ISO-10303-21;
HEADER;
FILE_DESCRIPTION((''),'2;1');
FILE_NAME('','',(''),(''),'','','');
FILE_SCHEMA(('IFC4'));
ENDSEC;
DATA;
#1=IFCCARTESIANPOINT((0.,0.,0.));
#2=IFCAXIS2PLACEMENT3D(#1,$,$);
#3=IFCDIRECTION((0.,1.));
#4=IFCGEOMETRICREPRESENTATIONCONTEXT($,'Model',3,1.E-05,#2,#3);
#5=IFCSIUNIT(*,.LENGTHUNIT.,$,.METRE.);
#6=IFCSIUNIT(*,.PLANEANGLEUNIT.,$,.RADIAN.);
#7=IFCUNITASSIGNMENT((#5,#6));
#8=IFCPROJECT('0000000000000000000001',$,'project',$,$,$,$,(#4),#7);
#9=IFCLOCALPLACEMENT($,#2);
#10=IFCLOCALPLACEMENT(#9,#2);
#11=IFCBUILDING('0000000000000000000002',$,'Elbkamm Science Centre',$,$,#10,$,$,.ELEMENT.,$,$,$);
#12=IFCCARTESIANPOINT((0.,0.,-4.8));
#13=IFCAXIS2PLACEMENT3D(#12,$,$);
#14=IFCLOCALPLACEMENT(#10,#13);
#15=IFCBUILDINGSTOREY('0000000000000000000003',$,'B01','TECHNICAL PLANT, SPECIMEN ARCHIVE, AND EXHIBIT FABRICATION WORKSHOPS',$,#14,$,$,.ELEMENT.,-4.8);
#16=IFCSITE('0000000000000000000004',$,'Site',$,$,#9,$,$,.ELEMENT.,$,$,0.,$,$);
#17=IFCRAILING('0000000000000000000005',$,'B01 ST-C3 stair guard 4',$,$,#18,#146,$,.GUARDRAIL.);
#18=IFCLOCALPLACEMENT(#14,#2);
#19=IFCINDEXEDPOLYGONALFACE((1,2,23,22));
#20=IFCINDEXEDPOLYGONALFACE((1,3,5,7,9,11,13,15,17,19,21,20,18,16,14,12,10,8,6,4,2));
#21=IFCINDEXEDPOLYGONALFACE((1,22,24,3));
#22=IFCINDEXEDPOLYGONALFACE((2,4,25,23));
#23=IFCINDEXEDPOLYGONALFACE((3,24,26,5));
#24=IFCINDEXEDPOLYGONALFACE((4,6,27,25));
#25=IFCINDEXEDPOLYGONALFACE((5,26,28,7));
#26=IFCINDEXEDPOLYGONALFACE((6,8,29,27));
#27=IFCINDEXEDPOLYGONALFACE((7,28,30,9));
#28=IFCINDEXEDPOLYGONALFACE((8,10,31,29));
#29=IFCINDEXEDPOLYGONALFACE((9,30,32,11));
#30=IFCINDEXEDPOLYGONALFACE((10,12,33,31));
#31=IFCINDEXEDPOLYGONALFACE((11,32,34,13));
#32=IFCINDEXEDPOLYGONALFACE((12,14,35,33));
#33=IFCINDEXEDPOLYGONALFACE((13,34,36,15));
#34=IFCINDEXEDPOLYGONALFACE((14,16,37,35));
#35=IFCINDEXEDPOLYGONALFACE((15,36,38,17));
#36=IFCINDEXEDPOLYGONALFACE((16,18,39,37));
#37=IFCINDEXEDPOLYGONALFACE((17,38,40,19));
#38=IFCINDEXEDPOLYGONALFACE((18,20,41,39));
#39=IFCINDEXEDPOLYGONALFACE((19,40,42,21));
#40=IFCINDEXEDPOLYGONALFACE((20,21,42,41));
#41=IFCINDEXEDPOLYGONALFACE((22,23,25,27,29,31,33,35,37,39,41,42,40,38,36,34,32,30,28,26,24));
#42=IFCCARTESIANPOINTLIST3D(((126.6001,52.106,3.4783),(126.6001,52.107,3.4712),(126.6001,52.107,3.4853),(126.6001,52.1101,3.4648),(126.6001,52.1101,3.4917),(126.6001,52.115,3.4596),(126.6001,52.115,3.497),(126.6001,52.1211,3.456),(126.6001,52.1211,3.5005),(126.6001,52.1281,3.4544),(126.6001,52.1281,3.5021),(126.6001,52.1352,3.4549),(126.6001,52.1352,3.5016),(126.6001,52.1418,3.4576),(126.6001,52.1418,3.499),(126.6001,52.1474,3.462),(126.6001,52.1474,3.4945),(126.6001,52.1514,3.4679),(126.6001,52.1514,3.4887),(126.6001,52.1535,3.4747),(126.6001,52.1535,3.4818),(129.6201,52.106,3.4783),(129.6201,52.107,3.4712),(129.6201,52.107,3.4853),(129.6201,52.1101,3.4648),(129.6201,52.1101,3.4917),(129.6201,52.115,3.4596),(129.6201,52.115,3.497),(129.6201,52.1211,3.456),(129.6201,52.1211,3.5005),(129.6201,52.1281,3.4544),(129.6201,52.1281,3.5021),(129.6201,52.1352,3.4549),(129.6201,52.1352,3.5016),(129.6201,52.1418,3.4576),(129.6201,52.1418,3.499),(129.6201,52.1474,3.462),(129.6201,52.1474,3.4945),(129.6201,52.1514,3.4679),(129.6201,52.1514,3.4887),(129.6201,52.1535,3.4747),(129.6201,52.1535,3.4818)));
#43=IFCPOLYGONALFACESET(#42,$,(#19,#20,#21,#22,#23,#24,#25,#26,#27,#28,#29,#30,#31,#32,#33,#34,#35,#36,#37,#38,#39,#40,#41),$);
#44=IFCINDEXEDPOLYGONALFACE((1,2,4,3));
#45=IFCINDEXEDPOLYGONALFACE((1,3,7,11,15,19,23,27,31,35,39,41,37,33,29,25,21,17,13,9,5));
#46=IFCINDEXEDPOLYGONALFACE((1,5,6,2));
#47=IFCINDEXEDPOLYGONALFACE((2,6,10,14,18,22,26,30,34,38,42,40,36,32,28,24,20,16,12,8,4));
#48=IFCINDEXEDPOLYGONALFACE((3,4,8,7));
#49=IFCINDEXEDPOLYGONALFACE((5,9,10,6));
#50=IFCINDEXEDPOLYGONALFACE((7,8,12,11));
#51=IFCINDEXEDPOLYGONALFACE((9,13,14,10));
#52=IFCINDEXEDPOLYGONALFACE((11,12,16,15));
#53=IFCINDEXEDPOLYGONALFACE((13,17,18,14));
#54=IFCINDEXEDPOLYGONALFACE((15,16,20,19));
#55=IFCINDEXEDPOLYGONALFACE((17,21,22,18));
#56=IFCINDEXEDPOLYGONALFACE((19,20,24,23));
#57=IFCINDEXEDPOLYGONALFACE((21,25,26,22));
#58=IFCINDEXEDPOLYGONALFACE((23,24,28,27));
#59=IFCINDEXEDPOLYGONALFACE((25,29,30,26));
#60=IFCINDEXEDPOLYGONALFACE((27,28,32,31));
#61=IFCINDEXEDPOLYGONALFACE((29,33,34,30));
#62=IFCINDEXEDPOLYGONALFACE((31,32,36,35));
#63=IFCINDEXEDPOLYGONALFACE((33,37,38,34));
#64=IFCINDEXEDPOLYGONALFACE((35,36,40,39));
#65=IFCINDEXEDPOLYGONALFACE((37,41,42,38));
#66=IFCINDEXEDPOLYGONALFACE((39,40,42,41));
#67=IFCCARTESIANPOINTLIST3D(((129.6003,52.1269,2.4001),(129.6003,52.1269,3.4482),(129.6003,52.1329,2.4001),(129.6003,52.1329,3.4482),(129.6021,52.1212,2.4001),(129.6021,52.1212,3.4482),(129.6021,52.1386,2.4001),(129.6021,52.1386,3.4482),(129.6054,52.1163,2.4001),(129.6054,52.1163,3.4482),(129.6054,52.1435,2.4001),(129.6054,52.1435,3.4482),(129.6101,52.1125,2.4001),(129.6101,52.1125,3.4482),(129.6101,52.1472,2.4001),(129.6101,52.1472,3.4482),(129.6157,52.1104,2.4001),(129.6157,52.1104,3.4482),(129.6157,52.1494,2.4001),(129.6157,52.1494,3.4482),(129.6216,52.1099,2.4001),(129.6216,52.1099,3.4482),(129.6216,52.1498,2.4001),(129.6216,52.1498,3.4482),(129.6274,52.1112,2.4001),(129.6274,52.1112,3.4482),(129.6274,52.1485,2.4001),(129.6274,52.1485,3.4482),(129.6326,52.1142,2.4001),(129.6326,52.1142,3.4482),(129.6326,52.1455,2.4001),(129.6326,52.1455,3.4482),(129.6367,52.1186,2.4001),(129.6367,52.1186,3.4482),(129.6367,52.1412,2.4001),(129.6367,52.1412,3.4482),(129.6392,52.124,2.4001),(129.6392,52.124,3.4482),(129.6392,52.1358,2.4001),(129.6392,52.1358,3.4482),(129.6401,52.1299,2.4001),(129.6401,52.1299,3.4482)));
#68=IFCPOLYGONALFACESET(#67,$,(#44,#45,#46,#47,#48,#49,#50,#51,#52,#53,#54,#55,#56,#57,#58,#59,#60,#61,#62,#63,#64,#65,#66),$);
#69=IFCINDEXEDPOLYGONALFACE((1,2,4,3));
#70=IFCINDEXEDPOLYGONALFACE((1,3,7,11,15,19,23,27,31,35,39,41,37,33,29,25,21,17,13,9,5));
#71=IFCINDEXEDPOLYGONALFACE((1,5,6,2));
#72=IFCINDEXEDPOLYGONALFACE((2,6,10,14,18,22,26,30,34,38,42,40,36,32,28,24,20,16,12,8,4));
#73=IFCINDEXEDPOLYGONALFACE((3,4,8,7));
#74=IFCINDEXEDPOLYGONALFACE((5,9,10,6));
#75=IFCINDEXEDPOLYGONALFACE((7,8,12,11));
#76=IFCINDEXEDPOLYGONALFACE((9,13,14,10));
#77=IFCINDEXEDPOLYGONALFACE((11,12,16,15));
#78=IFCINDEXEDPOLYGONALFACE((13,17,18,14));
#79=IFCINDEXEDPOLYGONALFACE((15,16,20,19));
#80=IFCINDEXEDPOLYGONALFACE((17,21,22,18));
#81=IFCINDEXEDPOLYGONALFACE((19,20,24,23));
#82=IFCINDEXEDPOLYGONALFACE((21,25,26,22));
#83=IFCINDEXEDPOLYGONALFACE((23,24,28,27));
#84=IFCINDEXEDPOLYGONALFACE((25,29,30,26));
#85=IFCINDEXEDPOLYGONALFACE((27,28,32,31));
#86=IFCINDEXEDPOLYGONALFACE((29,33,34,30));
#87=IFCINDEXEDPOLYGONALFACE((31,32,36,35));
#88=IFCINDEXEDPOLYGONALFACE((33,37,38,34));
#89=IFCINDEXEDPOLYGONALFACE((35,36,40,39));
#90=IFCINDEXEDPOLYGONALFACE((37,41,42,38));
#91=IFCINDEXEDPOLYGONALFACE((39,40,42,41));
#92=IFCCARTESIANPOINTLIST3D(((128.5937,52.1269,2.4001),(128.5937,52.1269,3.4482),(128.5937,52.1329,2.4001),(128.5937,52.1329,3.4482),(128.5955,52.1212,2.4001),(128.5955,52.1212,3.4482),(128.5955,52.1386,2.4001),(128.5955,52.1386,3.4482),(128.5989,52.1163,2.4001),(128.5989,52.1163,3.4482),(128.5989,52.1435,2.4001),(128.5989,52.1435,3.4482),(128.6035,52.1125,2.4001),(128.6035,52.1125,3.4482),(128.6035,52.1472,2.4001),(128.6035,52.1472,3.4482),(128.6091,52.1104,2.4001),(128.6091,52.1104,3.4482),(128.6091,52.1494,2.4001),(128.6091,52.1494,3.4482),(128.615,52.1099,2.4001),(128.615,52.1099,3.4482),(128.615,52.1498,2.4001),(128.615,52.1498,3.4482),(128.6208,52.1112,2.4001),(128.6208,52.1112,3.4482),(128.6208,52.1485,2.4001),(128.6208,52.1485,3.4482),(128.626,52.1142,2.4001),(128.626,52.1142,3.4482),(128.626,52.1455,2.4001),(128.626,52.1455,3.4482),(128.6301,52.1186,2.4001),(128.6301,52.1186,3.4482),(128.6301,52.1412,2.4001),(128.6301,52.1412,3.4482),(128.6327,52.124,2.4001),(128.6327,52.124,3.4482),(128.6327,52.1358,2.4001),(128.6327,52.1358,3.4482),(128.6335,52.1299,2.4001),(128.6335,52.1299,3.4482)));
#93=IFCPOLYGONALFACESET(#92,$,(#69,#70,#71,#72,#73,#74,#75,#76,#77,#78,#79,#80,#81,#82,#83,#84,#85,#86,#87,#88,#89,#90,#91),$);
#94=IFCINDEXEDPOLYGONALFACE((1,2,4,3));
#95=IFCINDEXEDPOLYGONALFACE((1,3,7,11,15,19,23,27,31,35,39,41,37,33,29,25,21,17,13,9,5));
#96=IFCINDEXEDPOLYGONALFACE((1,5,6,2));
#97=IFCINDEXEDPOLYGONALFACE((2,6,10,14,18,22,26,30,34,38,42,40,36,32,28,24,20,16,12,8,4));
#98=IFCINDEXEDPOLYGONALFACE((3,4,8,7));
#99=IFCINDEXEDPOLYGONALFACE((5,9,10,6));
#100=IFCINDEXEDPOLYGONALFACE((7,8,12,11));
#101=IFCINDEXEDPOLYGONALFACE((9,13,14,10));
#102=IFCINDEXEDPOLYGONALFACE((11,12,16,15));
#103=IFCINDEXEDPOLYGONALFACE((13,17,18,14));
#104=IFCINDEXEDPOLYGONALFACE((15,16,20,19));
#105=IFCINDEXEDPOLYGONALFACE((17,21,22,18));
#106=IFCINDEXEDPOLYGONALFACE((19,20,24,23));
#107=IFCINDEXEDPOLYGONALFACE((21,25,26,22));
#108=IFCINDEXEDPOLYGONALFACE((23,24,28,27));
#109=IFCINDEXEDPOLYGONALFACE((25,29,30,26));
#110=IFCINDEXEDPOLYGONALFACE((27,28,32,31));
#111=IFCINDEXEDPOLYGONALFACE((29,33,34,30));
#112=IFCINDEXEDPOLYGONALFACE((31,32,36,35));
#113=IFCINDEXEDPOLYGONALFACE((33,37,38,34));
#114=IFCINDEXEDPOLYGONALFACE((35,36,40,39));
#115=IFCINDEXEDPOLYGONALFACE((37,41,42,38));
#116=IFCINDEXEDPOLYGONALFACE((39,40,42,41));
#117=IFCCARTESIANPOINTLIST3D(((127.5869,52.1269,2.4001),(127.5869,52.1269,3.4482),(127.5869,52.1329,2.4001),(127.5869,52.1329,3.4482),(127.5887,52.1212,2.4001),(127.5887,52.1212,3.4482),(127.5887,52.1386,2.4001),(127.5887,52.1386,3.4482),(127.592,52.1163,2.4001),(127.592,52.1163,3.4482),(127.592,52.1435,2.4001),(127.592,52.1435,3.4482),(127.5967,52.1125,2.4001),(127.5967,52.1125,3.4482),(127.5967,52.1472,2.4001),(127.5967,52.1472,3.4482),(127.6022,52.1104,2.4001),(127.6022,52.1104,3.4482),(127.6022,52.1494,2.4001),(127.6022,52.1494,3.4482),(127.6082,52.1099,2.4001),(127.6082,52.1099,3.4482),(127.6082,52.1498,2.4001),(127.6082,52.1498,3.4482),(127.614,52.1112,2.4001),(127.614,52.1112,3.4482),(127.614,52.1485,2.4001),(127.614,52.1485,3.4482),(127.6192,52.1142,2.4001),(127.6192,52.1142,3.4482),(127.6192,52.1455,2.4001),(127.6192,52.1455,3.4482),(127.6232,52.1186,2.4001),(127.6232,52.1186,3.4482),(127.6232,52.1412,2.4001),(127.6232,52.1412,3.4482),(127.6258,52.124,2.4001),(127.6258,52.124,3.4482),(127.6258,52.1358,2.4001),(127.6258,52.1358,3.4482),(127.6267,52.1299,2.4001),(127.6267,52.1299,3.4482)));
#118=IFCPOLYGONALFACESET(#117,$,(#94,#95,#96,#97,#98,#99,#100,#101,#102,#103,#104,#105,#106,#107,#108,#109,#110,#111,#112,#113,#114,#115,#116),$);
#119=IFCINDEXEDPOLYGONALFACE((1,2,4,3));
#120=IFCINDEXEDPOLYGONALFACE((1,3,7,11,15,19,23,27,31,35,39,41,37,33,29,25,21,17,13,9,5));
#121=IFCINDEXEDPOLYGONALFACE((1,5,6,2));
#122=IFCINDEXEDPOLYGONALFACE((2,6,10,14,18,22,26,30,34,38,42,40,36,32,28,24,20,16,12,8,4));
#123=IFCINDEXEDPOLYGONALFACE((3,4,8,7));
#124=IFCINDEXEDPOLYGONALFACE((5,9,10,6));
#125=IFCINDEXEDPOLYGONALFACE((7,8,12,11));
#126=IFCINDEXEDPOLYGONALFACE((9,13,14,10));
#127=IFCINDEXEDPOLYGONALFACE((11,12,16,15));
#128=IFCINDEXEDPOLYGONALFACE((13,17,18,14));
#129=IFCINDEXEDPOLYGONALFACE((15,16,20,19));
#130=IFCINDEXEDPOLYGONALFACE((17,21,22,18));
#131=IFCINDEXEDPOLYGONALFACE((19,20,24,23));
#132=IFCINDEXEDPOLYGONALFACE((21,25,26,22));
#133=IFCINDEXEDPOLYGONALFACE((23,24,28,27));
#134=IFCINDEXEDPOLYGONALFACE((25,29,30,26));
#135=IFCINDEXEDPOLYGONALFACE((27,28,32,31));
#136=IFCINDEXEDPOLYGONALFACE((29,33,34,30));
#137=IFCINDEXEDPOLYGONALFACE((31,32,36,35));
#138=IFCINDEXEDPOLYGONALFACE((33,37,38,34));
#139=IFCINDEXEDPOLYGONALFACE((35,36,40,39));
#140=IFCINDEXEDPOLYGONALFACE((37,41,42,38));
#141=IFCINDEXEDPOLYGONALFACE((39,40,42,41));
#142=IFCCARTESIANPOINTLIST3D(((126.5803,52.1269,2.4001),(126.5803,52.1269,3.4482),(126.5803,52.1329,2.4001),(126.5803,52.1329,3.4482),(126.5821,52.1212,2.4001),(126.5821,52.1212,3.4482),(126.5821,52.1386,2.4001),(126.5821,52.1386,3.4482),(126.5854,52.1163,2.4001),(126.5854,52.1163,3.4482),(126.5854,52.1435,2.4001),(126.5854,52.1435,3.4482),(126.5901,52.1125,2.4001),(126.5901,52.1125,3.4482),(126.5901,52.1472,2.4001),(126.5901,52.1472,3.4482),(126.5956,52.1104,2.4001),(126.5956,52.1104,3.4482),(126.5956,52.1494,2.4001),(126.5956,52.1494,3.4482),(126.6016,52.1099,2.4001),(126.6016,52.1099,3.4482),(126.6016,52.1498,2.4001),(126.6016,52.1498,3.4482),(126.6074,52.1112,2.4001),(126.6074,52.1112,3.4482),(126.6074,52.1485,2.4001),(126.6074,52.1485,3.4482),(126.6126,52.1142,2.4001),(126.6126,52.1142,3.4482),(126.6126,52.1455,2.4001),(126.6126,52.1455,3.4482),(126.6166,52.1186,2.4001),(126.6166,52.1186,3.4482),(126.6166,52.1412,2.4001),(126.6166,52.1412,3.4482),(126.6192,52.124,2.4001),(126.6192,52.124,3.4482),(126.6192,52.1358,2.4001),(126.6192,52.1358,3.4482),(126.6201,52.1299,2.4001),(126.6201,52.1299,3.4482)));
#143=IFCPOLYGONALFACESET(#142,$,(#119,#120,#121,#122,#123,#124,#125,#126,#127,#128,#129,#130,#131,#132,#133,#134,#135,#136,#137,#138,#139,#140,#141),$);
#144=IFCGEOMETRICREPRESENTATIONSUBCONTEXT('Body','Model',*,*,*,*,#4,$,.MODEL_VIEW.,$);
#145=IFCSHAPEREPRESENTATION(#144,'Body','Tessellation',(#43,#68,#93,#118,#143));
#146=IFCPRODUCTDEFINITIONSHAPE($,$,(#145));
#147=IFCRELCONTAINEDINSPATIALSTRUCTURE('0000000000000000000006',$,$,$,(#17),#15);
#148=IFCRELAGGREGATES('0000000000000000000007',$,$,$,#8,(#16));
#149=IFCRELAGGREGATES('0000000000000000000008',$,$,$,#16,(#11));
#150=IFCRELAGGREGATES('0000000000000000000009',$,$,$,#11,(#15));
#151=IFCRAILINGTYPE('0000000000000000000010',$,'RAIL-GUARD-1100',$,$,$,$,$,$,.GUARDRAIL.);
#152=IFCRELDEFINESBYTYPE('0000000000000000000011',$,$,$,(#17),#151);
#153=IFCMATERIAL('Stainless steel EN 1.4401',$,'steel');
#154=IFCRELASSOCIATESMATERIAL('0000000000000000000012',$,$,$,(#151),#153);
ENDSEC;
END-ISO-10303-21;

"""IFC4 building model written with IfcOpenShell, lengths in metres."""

from ifc_helpers import new_model, si_unit, direction, frame, origin, origin_2d, place, context, subcontext, project, spatial, circle, extrude, material, type_object, element, save


model = new_model("IFC4")

# Units and contexts
model_context = context("Model", 3, precision=1e-05, world=origin(), true_north=direction((0.0, 1.0)))
body_context = subcontext(model_context, "Body", "Model", "MODEL_VIEW")
ifc_project = project(units=[si_unit("LENGTHUNIT", "METRE"), si_unit("PLANEANGLEUNIT", "RADIAN")], contexts=[model_context])

# Site, building, storey
site_placement = place(None, origin())
site = spatial("IfcSite", under=ifc_project, at=site_placement, Name="Site", CompositionType="ELEMENT", RefElevation=0.0)
building_placement = place(site_placement, origin())
building = spatial("IfcBuilding", under=site, at=building_placement, Name="Elbkamm Science Centre", CompositionType="ELEMENT")
storey_placement = place(building_placement, frame((0.0, 0.0, -4.8)))
storey = spatial("IfcBuildingStorey", under=building, at=storey_placement, Name="B01", Description="TECHNICAL PLANT, SPECIMEN ARCHIVE, AND EXHIBIT FABRICATION WORKSHOPS", CompositionType="ELEMENT", Elevation=-4.8)

# Railing
ifc_material_1 = material(Name="Stainless steel EN 1.4401", Category="steel")
railing_type_1 = type_object("IfcRailingType", Name="RAIL-GUARD-1100", PredefinedType="GUARDRAIL", material=ifc_material_1)
for number, where, name in (
    (1, (129.6201, 52.1299, 2.4001), "B01 ST-C3 stair guard 4"),
):
    element("IfcRailing", number, at=place(storey_placement, frame(where)), inside=storey, type_object=railing_type_1, Name=name, PredefinedType="GUARDRAIL", context=body_context, shape_type="SweptSolid", body=[
        extrude(circle(Radius=0.0239, at=origin_2d()), frame((0.0, 0.0, 1.0781), z_axis=(-1.0, 0.0, 0.0), x_axis=(0.0, -1.0, 0.0)), (0.0, 0.0, 1.0), 3.02),
        extrude(circle(Radius=0.02, at=origin_2d()), origin(), (0.0, 0.0, 1.0), 1.0481),
        extrude(circle(Radius=0.02, at=origin_2d()), frame((-1.0066, 0.0, 0.0)), (0.0, 0.0, 1.0), 1.0481),
        extrude(circle(Radius=0.02, at=origin_2d()), frame((-2.0134, 0.0, 0.0)), (0.0, 0.0, 1.0), 1.0481),
        extrude(circle(Radius=0.02, at=origin_2d()), frame((-3.02, 0.0, 0.0)), (0.0, 0.0, 1.0), 1.0481),
    ])

save(model, "model.ifc")
